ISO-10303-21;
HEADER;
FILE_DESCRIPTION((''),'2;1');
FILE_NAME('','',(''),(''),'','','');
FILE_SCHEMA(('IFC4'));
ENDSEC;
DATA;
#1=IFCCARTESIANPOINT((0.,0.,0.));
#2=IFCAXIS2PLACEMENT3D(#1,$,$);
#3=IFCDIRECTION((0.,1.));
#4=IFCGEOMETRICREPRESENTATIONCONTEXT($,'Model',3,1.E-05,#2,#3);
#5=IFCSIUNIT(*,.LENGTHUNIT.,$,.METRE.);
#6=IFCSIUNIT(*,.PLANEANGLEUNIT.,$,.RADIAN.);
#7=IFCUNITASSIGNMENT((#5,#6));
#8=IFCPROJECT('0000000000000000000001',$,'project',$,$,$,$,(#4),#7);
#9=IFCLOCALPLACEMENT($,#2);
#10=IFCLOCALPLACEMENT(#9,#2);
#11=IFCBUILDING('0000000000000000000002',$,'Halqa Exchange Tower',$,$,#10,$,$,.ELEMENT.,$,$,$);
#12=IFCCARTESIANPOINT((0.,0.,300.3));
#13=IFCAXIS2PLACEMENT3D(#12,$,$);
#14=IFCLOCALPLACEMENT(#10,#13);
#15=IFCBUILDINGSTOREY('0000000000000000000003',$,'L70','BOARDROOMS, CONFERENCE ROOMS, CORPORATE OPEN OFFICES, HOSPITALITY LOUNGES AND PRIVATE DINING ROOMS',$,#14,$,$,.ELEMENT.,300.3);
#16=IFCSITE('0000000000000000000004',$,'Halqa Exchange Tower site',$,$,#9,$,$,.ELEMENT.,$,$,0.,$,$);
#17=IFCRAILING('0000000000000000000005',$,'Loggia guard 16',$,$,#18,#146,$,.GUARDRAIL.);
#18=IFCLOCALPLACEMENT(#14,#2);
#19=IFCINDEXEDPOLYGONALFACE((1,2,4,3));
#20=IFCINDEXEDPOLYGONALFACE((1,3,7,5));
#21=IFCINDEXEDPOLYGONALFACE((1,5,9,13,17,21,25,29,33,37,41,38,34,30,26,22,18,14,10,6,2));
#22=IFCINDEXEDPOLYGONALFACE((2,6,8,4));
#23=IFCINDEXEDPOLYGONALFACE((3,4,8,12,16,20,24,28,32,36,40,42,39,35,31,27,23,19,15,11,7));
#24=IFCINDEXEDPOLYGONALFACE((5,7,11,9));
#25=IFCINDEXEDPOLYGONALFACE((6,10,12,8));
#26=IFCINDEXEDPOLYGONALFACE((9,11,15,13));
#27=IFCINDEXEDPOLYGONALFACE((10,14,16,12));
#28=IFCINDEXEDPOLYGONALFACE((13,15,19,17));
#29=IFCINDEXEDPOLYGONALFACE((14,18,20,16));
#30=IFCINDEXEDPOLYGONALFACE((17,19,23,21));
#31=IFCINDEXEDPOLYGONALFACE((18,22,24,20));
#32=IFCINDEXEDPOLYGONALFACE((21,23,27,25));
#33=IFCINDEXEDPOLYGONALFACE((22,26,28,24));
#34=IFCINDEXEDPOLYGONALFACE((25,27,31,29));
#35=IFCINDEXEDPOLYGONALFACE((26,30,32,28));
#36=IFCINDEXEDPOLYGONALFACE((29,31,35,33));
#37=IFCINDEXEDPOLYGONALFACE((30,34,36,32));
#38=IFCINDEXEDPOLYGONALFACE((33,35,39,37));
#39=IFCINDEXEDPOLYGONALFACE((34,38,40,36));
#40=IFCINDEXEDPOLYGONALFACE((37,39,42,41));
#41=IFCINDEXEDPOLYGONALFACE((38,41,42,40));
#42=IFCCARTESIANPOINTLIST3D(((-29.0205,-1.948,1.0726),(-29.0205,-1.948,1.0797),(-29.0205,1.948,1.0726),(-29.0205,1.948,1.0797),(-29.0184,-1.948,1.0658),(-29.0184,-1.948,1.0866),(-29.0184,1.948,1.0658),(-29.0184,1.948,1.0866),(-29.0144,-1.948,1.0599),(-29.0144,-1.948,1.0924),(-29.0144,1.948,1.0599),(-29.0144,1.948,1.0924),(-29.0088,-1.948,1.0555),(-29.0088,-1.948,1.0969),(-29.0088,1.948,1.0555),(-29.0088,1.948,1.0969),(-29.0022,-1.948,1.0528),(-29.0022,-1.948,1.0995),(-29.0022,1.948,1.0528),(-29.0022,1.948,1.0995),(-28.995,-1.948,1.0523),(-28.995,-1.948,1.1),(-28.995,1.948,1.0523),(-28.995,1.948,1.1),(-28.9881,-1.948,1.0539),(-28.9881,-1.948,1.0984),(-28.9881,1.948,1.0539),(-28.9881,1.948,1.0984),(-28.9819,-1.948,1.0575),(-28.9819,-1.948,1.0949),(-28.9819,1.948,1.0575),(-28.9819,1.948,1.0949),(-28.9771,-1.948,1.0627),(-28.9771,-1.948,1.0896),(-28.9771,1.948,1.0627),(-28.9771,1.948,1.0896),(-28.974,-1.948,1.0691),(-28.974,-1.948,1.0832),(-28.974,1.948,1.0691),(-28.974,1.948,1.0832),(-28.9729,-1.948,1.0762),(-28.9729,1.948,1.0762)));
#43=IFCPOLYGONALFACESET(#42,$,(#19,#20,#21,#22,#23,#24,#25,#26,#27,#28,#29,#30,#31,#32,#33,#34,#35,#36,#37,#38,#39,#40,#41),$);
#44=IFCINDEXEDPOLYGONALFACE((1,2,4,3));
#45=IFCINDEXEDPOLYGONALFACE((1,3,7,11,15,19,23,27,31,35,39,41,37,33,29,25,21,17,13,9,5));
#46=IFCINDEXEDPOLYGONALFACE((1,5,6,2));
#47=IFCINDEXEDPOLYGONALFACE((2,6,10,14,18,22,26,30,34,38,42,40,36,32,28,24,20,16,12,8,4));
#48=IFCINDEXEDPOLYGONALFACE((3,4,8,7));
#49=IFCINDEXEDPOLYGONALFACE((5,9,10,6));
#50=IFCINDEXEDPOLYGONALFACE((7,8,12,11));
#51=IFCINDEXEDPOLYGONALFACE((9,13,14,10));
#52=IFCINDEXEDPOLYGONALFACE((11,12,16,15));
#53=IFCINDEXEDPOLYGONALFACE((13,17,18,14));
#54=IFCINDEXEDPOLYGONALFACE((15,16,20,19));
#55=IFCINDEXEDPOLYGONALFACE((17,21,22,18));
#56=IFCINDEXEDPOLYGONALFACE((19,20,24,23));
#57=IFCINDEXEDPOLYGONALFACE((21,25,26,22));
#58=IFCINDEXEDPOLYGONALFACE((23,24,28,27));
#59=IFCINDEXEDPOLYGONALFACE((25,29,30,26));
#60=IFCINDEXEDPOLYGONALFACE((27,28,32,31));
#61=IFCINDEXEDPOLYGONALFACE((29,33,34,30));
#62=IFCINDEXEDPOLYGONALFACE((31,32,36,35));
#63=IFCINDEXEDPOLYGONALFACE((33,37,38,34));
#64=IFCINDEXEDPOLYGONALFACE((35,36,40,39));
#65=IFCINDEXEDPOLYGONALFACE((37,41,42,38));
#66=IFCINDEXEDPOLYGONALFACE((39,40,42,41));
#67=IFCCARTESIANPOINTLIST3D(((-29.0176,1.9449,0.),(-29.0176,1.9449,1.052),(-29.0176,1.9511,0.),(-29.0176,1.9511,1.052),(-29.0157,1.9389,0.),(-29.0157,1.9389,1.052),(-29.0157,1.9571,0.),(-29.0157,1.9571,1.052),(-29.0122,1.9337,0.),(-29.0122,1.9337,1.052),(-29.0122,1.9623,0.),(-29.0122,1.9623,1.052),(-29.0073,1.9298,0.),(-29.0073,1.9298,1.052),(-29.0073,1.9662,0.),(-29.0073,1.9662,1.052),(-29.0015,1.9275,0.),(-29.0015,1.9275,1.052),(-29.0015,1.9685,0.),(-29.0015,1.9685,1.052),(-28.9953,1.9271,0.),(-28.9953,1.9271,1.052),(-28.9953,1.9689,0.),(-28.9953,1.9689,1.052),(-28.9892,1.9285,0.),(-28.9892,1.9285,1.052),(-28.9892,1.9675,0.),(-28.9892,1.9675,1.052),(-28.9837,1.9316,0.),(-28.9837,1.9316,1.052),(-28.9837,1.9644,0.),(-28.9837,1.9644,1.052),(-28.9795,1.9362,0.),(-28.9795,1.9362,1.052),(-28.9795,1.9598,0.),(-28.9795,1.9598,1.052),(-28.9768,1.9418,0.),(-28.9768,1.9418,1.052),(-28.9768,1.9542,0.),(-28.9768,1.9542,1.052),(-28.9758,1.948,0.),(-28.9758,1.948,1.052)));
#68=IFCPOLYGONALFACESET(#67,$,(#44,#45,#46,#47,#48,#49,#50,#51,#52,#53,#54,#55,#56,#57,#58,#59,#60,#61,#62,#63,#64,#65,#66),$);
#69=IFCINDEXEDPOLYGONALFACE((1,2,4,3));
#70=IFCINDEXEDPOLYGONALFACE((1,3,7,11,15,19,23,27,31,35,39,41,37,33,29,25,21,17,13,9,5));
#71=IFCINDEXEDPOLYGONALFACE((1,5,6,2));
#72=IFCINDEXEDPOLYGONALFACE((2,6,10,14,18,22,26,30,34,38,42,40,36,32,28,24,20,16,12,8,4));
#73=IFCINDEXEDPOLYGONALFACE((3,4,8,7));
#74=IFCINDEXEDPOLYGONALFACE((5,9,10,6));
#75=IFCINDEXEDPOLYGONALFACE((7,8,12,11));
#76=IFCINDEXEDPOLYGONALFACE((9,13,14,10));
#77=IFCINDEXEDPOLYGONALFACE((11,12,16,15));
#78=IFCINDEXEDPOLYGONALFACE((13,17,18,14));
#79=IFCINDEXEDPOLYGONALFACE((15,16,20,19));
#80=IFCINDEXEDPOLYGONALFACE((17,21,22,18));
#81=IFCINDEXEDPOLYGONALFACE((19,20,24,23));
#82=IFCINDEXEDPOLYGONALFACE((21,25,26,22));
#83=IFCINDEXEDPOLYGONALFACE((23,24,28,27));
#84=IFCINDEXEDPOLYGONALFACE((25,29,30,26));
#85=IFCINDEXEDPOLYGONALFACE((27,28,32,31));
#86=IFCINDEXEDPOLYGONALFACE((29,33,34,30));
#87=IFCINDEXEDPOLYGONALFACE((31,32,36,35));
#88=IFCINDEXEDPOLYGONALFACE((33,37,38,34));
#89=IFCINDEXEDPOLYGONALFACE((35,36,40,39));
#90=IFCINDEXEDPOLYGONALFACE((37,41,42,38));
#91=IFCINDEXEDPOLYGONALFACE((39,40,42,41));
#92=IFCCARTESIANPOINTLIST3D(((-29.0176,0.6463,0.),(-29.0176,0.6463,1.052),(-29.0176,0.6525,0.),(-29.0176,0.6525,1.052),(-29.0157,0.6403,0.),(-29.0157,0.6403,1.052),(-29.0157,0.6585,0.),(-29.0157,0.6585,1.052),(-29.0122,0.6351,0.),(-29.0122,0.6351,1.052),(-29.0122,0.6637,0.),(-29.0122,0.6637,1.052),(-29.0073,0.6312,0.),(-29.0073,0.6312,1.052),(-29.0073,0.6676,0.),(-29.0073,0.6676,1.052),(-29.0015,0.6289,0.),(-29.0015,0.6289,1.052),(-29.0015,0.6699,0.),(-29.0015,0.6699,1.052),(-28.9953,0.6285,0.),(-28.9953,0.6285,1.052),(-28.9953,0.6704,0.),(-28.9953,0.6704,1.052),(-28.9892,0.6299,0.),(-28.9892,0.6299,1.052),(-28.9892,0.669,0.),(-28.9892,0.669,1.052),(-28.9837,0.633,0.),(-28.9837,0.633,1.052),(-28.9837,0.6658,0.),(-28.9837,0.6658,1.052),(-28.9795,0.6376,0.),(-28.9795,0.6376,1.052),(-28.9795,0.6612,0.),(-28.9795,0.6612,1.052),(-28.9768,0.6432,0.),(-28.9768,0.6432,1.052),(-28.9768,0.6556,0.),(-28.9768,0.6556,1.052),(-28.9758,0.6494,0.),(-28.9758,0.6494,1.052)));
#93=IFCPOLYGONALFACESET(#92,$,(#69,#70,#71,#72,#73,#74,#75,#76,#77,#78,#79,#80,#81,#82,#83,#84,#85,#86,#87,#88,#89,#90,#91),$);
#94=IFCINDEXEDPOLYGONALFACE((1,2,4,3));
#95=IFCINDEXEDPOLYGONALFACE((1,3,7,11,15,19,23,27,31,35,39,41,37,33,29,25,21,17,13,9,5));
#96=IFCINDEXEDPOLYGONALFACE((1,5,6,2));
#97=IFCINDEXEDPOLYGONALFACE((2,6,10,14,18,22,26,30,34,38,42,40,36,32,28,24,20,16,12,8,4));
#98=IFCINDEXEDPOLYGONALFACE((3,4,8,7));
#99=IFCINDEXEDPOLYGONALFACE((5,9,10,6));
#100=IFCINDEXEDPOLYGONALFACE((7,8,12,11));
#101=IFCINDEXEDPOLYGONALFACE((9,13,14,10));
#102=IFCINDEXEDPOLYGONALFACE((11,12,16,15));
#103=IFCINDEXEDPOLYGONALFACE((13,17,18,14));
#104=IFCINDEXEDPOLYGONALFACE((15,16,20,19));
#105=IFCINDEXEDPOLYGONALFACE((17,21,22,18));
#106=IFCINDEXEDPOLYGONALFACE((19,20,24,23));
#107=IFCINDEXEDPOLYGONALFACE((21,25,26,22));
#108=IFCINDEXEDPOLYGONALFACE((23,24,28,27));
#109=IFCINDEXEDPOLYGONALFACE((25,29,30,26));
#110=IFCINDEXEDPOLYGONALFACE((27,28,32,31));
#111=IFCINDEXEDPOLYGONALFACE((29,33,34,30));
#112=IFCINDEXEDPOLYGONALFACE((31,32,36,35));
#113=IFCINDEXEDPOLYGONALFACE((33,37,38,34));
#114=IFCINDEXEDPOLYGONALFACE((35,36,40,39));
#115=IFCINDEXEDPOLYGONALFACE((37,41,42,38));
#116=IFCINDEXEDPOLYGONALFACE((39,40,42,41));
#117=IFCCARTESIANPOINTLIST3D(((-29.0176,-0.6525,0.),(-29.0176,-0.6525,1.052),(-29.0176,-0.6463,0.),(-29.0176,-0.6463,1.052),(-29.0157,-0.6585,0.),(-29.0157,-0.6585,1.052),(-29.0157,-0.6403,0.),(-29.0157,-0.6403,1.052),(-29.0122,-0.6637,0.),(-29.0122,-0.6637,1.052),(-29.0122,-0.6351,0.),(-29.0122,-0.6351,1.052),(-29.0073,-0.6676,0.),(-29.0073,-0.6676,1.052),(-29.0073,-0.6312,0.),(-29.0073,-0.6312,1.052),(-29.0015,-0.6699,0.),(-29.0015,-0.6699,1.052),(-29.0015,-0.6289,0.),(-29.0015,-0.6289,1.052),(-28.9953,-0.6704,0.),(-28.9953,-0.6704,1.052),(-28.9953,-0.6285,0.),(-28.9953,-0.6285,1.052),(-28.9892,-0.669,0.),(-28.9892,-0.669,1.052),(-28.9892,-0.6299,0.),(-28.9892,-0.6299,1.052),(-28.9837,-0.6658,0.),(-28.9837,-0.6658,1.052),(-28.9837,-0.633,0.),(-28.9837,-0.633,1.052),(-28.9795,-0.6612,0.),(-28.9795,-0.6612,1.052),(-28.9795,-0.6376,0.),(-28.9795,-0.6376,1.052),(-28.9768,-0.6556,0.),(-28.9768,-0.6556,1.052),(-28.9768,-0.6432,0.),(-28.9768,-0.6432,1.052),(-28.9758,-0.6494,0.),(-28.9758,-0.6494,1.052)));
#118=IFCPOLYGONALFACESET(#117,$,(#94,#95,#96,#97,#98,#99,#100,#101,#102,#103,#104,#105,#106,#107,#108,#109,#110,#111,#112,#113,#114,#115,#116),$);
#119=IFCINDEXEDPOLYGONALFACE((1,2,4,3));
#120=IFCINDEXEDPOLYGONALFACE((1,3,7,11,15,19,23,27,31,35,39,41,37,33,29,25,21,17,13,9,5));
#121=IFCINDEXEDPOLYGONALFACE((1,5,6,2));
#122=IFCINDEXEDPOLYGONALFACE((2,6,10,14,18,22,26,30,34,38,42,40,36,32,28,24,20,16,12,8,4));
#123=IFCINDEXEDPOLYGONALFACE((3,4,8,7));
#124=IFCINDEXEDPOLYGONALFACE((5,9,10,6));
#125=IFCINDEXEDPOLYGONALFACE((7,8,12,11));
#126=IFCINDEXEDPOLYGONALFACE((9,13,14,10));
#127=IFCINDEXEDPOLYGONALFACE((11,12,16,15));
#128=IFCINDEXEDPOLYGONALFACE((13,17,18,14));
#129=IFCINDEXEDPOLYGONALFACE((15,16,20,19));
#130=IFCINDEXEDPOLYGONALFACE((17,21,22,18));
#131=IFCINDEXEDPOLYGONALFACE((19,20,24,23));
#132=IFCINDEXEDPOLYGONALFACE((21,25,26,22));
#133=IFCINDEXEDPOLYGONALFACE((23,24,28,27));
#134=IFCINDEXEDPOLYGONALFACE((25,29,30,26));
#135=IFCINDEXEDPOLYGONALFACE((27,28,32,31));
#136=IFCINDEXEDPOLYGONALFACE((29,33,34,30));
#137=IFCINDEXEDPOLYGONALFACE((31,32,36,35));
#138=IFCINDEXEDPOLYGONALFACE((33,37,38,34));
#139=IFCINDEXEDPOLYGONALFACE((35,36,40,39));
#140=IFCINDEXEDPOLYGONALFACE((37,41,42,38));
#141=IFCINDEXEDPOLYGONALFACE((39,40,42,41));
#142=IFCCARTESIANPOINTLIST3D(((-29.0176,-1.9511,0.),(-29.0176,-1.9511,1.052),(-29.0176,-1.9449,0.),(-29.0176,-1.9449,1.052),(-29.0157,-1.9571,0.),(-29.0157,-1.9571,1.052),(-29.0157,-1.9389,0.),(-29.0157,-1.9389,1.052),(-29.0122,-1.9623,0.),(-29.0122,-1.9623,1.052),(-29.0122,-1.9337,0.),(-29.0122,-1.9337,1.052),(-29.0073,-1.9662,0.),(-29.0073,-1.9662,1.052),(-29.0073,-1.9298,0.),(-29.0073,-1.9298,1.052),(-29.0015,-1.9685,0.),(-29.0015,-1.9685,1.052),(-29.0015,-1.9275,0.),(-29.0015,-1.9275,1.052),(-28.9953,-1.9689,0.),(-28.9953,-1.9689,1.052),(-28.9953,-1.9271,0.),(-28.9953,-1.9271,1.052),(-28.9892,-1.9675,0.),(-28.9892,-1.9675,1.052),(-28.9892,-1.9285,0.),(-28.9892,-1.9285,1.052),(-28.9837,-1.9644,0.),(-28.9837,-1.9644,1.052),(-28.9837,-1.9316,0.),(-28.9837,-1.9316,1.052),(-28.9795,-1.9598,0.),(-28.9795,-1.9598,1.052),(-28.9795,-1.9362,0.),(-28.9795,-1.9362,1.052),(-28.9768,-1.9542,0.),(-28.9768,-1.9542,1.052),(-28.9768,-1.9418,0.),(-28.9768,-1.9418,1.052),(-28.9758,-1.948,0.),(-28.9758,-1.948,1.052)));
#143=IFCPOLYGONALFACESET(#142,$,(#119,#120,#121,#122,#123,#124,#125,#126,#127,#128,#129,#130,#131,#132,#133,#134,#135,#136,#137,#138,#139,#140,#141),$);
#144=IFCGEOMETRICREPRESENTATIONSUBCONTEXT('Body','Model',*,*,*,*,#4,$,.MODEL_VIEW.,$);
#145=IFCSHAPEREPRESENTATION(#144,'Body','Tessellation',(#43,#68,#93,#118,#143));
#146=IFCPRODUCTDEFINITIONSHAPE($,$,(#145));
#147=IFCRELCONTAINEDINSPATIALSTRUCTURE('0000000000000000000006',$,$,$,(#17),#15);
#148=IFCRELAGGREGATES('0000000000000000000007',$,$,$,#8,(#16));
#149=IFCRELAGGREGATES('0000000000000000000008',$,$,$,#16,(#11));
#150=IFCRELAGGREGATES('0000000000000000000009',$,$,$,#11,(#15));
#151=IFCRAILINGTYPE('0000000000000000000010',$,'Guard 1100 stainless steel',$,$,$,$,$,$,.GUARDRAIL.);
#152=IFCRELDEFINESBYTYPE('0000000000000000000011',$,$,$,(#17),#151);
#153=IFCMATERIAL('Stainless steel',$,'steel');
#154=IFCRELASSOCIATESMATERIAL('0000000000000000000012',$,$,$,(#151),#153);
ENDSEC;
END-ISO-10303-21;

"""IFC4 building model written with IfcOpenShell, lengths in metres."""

from ifc_helpers import new_model, si_unit, direction, frame, origin, origin_2d, place, context, subcontext, project, spatial, circle, extrude, material, type_object, element, save


model = new_model("IFC4")

# Units and contexts
model_context = context("Model", 3, precision=1e-05, world=origin(), true_north=direction((0.0, 1.0)))
body_context = subcontext(model_context, "Body", "Model", "MODEL_VIEW")
ifc_project = project(units=[si_unit("LENGTHUNIT", "METRE"), si_unit("PLANEANGLEUNIT", "RADIAN")], contexts=[model_context])

# Site, building, storey
site_placement = place(None, origin())
site = spatial("IfcSite", under=ifc_project, at=site_placement, Name="Halqa Exchange Tower site", CompositionType="ELEMENT", RefElevation=0.0)
building_placement = place(site_placement, origin())
building = spatial("IfcBuilding", under=site, at=building_placement, Name="Halqa Exchange Tower", CompositionType="ELEMENT")
storey_placement = place(building_placement, frame((0.0, 0.0, 300.3)))
storey = spatial("IfcBuildingStorey", under=building, at=storey_placement, Name="L70", Description="BOARDROOMS, CONFERENCE ROOMS, CORPORATE OPEN OFFICES, HOSPITALITY LOUNGES AND PRIVATE DINING ROOMS", CompositionType="ELEMENT", Elevation=300.3)

# Railing
ifc_material_1 = material(Name="Stainless steel", Category="steel")
railing_type = type_object("IfcRailingType", Name="Guard 1100 stainless steel", PredefinedType="GUARDRAIL", material=ifc_material_1)
railing_1_placement = place(storey_placement, frame((-28.9968, 1.948, 0.0)))
element("IfcRailing", 1, at=railing_1_placement, inside=storey, type_object=railing_type, Name="Loggia guard 16", PredefinedType="GUARDRAIL", context=body_context, shape_type="SweptSolid", body=[
    extrude(circle(Radius=0.0239, at=origin_2d()), frame((0.0, 0.0, 1.0762), z_axis=(0.0, -1.0, 0.0), x_axis=(1.0, 0.0, 0.0)), (0.0, 0.0, 1.0), 3.896),
    extrude(circle(Radius=0.021, at=origin_2d()), origin(), (0.0, 0.0, 1.0), 1.052),
    extrude(circle(Radius=0.021, at=origin_2d()), frame((0.0, -1.2986, 0.0)), (0.0, 0.0, 1.0), 1.052),
    extrude(circle(Radius=0.021, at=origin_2d()), frame((0.0, -2.5974, 0.0)), (0.0, 0.0, 1.0), 1.052),
    extrude(circle(Radius=0.021, at=origin_2d()), frame((0.0, -3.896, 0.0)), (0.0, 0.0, 1.0), 1.052),
])

save(model, "model.ifc")
